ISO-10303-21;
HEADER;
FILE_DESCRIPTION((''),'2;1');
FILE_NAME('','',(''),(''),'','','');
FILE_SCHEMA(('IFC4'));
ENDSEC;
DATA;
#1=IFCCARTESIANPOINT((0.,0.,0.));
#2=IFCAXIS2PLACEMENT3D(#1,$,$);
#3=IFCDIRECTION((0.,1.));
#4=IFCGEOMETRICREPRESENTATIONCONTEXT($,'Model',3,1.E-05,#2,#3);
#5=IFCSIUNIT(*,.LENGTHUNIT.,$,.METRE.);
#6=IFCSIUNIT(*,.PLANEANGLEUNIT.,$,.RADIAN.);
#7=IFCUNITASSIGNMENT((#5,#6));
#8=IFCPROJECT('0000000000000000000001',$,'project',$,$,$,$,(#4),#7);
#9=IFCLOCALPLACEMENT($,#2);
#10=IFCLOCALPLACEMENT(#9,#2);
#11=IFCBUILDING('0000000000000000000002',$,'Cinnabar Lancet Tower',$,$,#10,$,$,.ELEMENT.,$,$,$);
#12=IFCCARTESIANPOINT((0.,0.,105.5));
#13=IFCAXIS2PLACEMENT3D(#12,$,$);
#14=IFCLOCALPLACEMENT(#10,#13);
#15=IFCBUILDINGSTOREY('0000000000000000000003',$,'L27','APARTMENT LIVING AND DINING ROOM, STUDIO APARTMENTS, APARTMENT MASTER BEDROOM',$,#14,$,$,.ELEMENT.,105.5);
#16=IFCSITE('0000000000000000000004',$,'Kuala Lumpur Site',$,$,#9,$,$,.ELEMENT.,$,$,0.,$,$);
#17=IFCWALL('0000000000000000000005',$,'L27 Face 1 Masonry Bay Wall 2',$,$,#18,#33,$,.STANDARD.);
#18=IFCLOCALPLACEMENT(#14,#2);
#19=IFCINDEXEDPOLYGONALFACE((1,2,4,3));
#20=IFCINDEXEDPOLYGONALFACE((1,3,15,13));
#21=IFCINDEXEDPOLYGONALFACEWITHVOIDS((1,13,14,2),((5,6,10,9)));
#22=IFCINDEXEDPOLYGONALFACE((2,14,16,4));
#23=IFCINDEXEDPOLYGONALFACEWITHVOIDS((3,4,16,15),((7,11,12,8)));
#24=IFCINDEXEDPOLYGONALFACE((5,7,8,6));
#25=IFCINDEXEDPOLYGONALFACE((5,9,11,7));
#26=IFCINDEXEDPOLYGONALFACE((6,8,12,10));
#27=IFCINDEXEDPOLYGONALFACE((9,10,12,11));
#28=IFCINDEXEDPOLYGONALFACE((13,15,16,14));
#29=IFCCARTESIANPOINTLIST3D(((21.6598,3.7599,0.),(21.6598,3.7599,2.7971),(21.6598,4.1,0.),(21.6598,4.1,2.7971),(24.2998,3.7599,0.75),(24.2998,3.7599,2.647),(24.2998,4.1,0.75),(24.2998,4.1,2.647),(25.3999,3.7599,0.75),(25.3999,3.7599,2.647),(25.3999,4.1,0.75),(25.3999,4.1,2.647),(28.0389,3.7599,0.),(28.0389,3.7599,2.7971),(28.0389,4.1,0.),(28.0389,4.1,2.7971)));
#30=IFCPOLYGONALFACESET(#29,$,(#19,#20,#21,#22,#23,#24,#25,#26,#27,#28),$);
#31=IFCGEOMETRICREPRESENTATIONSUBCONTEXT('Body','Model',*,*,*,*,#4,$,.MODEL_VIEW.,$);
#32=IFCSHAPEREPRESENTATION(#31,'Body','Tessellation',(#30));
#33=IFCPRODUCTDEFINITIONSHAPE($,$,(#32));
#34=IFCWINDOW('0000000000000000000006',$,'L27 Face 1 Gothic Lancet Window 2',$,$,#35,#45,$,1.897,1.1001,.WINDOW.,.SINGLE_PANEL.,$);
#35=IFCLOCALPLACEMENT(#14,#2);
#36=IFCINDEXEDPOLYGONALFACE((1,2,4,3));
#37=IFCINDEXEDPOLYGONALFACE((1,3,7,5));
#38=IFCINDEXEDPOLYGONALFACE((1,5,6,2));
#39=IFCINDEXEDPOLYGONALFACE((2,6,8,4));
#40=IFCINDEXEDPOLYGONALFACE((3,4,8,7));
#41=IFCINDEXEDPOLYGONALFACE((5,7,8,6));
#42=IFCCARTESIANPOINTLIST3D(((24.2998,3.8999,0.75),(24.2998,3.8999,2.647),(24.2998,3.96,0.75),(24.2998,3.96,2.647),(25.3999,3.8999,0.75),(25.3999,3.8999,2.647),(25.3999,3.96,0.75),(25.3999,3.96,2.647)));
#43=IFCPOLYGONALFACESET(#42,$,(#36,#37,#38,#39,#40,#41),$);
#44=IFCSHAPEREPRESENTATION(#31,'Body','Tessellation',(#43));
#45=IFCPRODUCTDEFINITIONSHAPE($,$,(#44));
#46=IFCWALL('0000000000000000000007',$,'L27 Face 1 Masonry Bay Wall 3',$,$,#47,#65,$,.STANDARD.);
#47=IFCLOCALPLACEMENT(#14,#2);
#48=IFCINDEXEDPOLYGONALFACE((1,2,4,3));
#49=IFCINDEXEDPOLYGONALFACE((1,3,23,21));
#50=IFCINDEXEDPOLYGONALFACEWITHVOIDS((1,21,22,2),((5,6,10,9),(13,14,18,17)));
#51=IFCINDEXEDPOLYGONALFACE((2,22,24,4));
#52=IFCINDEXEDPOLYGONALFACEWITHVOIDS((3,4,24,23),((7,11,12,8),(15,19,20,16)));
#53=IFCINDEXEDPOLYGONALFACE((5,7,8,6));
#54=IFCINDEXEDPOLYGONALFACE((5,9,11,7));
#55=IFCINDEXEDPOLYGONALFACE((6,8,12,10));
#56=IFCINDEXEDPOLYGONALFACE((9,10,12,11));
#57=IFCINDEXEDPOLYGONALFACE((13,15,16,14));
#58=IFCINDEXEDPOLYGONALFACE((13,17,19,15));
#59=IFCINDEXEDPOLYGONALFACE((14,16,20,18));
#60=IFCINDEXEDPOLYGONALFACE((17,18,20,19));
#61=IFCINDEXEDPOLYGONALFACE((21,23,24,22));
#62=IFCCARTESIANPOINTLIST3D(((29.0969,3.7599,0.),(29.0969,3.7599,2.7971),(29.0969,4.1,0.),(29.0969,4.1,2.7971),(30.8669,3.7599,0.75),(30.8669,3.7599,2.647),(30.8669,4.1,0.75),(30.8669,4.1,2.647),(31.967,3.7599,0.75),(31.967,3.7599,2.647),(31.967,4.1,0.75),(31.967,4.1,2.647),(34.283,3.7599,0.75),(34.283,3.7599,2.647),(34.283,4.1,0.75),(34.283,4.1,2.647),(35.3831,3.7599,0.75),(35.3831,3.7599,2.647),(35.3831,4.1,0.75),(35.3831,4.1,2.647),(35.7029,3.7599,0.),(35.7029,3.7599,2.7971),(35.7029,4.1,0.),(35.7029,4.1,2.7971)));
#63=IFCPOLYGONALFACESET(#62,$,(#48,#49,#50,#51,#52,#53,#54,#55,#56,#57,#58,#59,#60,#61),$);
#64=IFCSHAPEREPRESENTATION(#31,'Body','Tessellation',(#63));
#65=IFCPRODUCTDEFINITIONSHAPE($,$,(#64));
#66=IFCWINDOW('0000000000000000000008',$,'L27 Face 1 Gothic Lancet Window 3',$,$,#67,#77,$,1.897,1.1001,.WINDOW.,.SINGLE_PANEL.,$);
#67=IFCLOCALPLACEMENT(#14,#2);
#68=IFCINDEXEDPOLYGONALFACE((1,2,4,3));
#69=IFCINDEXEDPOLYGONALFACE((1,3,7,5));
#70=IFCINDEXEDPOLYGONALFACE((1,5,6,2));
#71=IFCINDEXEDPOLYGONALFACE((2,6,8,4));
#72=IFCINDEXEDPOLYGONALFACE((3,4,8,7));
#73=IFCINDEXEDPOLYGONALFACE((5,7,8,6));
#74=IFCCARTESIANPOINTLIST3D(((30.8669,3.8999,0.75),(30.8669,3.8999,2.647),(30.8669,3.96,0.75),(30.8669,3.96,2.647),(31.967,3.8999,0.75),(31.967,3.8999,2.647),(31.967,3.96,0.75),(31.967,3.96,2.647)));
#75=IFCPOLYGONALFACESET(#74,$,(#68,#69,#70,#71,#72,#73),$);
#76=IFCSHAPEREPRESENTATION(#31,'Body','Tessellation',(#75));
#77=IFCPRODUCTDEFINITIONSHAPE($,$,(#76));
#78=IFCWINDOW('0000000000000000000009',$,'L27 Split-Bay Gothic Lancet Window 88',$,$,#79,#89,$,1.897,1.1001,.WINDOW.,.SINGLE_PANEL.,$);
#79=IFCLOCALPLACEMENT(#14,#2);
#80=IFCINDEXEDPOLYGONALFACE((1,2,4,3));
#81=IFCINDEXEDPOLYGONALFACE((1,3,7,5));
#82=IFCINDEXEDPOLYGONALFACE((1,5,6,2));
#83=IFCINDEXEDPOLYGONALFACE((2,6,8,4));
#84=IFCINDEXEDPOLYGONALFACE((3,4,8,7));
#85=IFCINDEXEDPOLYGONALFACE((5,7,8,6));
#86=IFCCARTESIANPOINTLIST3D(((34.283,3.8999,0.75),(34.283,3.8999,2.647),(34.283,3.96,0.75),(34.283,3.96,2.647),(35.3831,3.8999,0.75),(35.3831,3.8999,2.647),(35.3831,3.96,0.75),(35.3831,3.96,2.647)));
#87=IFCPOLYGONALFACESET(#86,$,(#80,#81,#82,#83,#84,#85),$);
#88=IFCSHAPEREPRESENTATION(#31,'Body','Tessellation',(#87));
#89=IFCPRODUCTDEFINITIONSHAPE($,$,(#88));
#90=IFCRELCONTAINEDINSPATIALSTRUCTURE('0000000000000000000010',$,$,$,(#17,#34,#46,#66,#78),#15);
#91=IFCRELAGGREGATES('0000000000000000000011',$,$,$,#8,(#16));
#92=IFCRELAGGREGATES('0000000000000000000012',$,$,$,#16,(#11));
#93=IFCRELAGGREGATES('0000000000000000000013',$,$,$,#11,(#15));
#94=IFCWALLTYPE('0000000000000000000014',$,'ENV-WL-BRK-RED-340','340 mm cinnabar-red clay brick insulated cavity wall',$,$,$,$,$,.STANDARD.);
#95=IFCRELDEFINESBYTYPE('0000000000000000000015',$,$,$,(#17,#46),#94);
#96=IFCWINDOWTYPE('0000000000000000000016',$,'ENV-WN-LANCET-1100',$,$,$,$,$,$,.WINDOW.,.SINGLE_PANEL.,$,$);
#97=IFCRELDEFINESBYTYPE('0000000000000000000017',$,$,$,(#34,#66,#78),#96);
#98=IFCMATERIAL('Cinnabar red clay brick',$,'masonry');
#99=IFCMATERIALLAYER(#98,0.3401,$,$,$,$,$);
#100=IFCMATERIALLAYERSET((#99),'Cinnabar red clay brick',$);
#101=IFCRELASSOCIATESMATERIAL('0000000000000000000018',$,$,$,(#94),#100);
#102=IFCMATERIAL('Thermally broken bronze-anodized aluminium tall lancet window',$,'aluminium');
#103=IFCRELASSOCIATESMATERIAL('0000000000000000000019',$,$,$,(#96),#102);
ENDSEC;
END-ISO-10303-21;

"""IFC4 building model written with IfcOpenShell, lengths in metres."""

from ifc_helpers import new_model, si_unit, direction, frame, frame_2d, origin, place, context, subcontext, project, spatial, rectangle, extrude, material, layer, layer_set, type_object, element, fill, save


model = new_model("IFC4")

# Units and contexts
model_context = context("Model", 3, precision=1e-05, world=origin(), true_north=direction((0.0, 1.0)))
body_context = subcontext(model_context, "Body", "Model", "MODEL_VIEW")
ifc_project = project(units=[si_unit("LENGTHUNIT", "METRE"), si_unit("PLANEANGLEUNIT", "RADIAN")], contexts=[model_context])

# Site, building, storey
site_placement = place(None, origin())
site = spatial("IfcSite", under=ifc_project, at=site_placement, Name="Kuala Lumpur Site", CompositionType="ELEMENT", RefElevation=0.0)
building_placement = place(site_placement, origin())
building = spatial("IfcBuilding", under=site, at=building_placement, Name="Cinnabar Lancet Tower", CompositionType="ELEMENT")
storey_placement = place(building_placement, frame((0.0, 0.0, 105.5)))
storey = spatial("IfcBuildingStorey", under=building, at=storey_placement, Name="L27", Description="APARTMENT LIVING AND DINING ROOM, STUDIO APARTMENTS, APARTMENT MASTER BEDROOM", CompositionType="ELEMENT", Elevation=105.5)

# Shared definitions
ifc_material_1 = material(Name="Cinnabar red clay brick", Category="masonry")
ifc_layer_1 = layer(ifc_material_1, 0.3401)
ifc_layer_set_1 = layer_set([ifc_layer_1], Name="Cinnabar red clay brick")
wall_type_1 = type_object("IfcWallType", Name="ENV-WL-BRK-RED-340", Description="340 mm cinnabar-red clay brick insulated cavity wall", PredefinedType="STANDARD", material=ifc_layer_set_1)

# Wall, opening, window
wall_1_placement = place(storey_placement, frame((21.6599, 3.9299, 0.0), z_axis=(0.0, 0.0, 1.0), x_axis=(1.0, 0.0, 0.0)))
wall_1 = element("IfcWall", 1, at=wall_1_placement, inside=storey, type_object=wall_type_1, Name="L27 Face 1 Masonry Bay Wall 2", PredefinedType="STANDARD", context=body_context, shape_type="SweptSolid", body=[
    extrude(rectangle(XDim=6.3792, YDim=0.3401, at=frame_2d((3.1895, 0.0))), origin(), (0.0, 0.0, 1.0), 2.7971),
])
opening_1_placement = place(wall_1_placement, frame((2.6399, 0.0, 0.75)))
opening_1 = element("IfcOpeningElement", 2, at=opening_1_placement, cuts=wall_1, PredefinedType="OPENING", context=body_context, shape_type="SweptSolid", body=[
    extrude(rectangle(XDim=1.1001, YDim=1.897, at=frame_2d((0.55, 0.9485))), frame((0.0, 0.1799, 0.0), z_axis=(0.0, -1.0, 0.0), x_axis=(1.0, 0.0, 0.0)), (0.0, 0.0, 1.0), 0.3601),
])
ifc_material_2 = material(Name="Thermally broken bronze-anodized aluminium tall lancet window", Category="aluminium")
window_type = type_object("IfcWindowType", Name="ENV-WN-LANCET-1100", PartitioningType="SINGLE_PANEL", PredefinedType="WINDOW", material=ifc_material_2)
window_1_placement = place(opening_1_placement, origin())
window_1 = element("IfcWindow", 3, at=window_1_placement, inside=storey, type_object=window_type, Name="L27 Face 1 Gothic Lancet Window 2", OverallHeight=1.897, OverallWidth=1.1001, PartitioningType="SINGLE_PANEL", PredefinedType="WINDOW", context=body_context, shape_type="SweptSolid", body=[
    extrude(rectangle(XDim=1.1001, YDim=1.897, at=frame_2d((0.55, 0.9485))), frame((0.0, 0.03, 0.0), z_axis=(0.0, -1.0, 0.0), x_axis=(1.0, 0.0, 0.0)), (0.0, 0.0, 1.0), 0.0601),
])
fill(opening_1, window_1)

# Wall, openings, windows
wall_2_placement = place(storey_placement, frame((29.0969, 3.9299, 0.0), z_axis=(0.0, 0.0, 1.0), x_axis=(1.0, 0.0, 0.0)))
wall_2 = element("IfcWall", 4, at=wall_2_placement, inside=storey, type_object=wall_type_1, Name="L27 Face 1 Masonry Bay Wall 3", PredefinedType="STANDARD", context=body_context, shape_type="SweptSolid", body=[
    extrude(rectangle(XDim=6.606, YDim=0.3401, at=frame_2d((3.303, 0.0))), origin(), (0.0, 0.0, 1.0), 2.7971),
])
opening_2_placement = place(wall_2_placement, frame((1.77, 0.0, 0.75)))
opening_2 = element("IfcOpeningElement", 5, at=opening_2_placement, cuts=wall_2, PredefinedType="OPENING", context=body_context, shape_type="SweptSolid", body=[
    extrude(rectangle(XDim=1.1001, YDim=1.897, at=frame_2d((0.55, 0.9485))), frame((0.0, 0.1799, 0.0), z_axis=(0.0, -1.0, 0.0), x_axis=(1.0, 0.0, 0.0)), (0.0, 0.0, 1.0), 0.3601),
])
opening_3_placement = place(wall_2_placement, frame((5.186, 0.0, 0.75)))
opening_3 = element("IfcOpeningElement", 6, at=opening_3_placement, cuts=wall_2, PredefinedType="OPENING", context=body_context, shape_type="SweptSolid", body=[
    extrude(rectangle(XDim=1.1001, YDim=1.897, at=frame_2d((0.55, 0.9485))), frame((0.0, 0.1799, 0.0), z_axis=(0.0, -1.0, 0.0), x_axis=(1.0, 0.0, 0.0)), (0.0, 0.0, 1.0), 0.3601),
])
window_2_placement = place(opening_2_placement, origin())
window_2 = element("IfcWindow", 7, at=window_2_placement, inside=storey, type_object=window_type, Name="L27 Face 1 Gothic Lancet Window 3", OverallHeight=1.897, OverallWidth=1.1001, PartitioningType="SINGLE_PANEL", PredefinedType="WINDOW", context=body_context, shape_type="SweptSolid", body=[
    extrude(rectangle(XDim=1.1001, YDim=1.897, at=frame_2d((0.55, 0.9485))), frame((0.0, 0.03, 0.0), z_axis=(0.0, -1.0, 0.0), x_axis=(1.0, 0.0, 0.0)), (0.0, 0.0, 1.0), 0.0601),
])
fill(opening_2, window_2)
window_3_placement = place(opening_3_placement, origin())
window_3 = element("IfcWindow", 8, at=window_3_placement, inside=storey, type_object=window_type, Name="L27 Split-Bay Gothic Lancet Window 88", OverallHeight=1.897, OverallWidth=1.1001, PartitioningType="SINGLE_PANEL", PredefinedType="WINDOW", context=body_context, shape_type="SweptSolid", body=[
    extrude(rectangle(XDim=1.1001, YDim=1.897, at=frame_2d((0.55, 0.9485))), frame((0.0, 0.03, 0.0), z_axis=(0.0, -1.0, 0.0), x_axis=(1.0, 0.0, 0.0)), (0.0, 0.0, 1.0), 0.0601),
])
fill(opening_3, window_3)

save(model, "model.ifc")
